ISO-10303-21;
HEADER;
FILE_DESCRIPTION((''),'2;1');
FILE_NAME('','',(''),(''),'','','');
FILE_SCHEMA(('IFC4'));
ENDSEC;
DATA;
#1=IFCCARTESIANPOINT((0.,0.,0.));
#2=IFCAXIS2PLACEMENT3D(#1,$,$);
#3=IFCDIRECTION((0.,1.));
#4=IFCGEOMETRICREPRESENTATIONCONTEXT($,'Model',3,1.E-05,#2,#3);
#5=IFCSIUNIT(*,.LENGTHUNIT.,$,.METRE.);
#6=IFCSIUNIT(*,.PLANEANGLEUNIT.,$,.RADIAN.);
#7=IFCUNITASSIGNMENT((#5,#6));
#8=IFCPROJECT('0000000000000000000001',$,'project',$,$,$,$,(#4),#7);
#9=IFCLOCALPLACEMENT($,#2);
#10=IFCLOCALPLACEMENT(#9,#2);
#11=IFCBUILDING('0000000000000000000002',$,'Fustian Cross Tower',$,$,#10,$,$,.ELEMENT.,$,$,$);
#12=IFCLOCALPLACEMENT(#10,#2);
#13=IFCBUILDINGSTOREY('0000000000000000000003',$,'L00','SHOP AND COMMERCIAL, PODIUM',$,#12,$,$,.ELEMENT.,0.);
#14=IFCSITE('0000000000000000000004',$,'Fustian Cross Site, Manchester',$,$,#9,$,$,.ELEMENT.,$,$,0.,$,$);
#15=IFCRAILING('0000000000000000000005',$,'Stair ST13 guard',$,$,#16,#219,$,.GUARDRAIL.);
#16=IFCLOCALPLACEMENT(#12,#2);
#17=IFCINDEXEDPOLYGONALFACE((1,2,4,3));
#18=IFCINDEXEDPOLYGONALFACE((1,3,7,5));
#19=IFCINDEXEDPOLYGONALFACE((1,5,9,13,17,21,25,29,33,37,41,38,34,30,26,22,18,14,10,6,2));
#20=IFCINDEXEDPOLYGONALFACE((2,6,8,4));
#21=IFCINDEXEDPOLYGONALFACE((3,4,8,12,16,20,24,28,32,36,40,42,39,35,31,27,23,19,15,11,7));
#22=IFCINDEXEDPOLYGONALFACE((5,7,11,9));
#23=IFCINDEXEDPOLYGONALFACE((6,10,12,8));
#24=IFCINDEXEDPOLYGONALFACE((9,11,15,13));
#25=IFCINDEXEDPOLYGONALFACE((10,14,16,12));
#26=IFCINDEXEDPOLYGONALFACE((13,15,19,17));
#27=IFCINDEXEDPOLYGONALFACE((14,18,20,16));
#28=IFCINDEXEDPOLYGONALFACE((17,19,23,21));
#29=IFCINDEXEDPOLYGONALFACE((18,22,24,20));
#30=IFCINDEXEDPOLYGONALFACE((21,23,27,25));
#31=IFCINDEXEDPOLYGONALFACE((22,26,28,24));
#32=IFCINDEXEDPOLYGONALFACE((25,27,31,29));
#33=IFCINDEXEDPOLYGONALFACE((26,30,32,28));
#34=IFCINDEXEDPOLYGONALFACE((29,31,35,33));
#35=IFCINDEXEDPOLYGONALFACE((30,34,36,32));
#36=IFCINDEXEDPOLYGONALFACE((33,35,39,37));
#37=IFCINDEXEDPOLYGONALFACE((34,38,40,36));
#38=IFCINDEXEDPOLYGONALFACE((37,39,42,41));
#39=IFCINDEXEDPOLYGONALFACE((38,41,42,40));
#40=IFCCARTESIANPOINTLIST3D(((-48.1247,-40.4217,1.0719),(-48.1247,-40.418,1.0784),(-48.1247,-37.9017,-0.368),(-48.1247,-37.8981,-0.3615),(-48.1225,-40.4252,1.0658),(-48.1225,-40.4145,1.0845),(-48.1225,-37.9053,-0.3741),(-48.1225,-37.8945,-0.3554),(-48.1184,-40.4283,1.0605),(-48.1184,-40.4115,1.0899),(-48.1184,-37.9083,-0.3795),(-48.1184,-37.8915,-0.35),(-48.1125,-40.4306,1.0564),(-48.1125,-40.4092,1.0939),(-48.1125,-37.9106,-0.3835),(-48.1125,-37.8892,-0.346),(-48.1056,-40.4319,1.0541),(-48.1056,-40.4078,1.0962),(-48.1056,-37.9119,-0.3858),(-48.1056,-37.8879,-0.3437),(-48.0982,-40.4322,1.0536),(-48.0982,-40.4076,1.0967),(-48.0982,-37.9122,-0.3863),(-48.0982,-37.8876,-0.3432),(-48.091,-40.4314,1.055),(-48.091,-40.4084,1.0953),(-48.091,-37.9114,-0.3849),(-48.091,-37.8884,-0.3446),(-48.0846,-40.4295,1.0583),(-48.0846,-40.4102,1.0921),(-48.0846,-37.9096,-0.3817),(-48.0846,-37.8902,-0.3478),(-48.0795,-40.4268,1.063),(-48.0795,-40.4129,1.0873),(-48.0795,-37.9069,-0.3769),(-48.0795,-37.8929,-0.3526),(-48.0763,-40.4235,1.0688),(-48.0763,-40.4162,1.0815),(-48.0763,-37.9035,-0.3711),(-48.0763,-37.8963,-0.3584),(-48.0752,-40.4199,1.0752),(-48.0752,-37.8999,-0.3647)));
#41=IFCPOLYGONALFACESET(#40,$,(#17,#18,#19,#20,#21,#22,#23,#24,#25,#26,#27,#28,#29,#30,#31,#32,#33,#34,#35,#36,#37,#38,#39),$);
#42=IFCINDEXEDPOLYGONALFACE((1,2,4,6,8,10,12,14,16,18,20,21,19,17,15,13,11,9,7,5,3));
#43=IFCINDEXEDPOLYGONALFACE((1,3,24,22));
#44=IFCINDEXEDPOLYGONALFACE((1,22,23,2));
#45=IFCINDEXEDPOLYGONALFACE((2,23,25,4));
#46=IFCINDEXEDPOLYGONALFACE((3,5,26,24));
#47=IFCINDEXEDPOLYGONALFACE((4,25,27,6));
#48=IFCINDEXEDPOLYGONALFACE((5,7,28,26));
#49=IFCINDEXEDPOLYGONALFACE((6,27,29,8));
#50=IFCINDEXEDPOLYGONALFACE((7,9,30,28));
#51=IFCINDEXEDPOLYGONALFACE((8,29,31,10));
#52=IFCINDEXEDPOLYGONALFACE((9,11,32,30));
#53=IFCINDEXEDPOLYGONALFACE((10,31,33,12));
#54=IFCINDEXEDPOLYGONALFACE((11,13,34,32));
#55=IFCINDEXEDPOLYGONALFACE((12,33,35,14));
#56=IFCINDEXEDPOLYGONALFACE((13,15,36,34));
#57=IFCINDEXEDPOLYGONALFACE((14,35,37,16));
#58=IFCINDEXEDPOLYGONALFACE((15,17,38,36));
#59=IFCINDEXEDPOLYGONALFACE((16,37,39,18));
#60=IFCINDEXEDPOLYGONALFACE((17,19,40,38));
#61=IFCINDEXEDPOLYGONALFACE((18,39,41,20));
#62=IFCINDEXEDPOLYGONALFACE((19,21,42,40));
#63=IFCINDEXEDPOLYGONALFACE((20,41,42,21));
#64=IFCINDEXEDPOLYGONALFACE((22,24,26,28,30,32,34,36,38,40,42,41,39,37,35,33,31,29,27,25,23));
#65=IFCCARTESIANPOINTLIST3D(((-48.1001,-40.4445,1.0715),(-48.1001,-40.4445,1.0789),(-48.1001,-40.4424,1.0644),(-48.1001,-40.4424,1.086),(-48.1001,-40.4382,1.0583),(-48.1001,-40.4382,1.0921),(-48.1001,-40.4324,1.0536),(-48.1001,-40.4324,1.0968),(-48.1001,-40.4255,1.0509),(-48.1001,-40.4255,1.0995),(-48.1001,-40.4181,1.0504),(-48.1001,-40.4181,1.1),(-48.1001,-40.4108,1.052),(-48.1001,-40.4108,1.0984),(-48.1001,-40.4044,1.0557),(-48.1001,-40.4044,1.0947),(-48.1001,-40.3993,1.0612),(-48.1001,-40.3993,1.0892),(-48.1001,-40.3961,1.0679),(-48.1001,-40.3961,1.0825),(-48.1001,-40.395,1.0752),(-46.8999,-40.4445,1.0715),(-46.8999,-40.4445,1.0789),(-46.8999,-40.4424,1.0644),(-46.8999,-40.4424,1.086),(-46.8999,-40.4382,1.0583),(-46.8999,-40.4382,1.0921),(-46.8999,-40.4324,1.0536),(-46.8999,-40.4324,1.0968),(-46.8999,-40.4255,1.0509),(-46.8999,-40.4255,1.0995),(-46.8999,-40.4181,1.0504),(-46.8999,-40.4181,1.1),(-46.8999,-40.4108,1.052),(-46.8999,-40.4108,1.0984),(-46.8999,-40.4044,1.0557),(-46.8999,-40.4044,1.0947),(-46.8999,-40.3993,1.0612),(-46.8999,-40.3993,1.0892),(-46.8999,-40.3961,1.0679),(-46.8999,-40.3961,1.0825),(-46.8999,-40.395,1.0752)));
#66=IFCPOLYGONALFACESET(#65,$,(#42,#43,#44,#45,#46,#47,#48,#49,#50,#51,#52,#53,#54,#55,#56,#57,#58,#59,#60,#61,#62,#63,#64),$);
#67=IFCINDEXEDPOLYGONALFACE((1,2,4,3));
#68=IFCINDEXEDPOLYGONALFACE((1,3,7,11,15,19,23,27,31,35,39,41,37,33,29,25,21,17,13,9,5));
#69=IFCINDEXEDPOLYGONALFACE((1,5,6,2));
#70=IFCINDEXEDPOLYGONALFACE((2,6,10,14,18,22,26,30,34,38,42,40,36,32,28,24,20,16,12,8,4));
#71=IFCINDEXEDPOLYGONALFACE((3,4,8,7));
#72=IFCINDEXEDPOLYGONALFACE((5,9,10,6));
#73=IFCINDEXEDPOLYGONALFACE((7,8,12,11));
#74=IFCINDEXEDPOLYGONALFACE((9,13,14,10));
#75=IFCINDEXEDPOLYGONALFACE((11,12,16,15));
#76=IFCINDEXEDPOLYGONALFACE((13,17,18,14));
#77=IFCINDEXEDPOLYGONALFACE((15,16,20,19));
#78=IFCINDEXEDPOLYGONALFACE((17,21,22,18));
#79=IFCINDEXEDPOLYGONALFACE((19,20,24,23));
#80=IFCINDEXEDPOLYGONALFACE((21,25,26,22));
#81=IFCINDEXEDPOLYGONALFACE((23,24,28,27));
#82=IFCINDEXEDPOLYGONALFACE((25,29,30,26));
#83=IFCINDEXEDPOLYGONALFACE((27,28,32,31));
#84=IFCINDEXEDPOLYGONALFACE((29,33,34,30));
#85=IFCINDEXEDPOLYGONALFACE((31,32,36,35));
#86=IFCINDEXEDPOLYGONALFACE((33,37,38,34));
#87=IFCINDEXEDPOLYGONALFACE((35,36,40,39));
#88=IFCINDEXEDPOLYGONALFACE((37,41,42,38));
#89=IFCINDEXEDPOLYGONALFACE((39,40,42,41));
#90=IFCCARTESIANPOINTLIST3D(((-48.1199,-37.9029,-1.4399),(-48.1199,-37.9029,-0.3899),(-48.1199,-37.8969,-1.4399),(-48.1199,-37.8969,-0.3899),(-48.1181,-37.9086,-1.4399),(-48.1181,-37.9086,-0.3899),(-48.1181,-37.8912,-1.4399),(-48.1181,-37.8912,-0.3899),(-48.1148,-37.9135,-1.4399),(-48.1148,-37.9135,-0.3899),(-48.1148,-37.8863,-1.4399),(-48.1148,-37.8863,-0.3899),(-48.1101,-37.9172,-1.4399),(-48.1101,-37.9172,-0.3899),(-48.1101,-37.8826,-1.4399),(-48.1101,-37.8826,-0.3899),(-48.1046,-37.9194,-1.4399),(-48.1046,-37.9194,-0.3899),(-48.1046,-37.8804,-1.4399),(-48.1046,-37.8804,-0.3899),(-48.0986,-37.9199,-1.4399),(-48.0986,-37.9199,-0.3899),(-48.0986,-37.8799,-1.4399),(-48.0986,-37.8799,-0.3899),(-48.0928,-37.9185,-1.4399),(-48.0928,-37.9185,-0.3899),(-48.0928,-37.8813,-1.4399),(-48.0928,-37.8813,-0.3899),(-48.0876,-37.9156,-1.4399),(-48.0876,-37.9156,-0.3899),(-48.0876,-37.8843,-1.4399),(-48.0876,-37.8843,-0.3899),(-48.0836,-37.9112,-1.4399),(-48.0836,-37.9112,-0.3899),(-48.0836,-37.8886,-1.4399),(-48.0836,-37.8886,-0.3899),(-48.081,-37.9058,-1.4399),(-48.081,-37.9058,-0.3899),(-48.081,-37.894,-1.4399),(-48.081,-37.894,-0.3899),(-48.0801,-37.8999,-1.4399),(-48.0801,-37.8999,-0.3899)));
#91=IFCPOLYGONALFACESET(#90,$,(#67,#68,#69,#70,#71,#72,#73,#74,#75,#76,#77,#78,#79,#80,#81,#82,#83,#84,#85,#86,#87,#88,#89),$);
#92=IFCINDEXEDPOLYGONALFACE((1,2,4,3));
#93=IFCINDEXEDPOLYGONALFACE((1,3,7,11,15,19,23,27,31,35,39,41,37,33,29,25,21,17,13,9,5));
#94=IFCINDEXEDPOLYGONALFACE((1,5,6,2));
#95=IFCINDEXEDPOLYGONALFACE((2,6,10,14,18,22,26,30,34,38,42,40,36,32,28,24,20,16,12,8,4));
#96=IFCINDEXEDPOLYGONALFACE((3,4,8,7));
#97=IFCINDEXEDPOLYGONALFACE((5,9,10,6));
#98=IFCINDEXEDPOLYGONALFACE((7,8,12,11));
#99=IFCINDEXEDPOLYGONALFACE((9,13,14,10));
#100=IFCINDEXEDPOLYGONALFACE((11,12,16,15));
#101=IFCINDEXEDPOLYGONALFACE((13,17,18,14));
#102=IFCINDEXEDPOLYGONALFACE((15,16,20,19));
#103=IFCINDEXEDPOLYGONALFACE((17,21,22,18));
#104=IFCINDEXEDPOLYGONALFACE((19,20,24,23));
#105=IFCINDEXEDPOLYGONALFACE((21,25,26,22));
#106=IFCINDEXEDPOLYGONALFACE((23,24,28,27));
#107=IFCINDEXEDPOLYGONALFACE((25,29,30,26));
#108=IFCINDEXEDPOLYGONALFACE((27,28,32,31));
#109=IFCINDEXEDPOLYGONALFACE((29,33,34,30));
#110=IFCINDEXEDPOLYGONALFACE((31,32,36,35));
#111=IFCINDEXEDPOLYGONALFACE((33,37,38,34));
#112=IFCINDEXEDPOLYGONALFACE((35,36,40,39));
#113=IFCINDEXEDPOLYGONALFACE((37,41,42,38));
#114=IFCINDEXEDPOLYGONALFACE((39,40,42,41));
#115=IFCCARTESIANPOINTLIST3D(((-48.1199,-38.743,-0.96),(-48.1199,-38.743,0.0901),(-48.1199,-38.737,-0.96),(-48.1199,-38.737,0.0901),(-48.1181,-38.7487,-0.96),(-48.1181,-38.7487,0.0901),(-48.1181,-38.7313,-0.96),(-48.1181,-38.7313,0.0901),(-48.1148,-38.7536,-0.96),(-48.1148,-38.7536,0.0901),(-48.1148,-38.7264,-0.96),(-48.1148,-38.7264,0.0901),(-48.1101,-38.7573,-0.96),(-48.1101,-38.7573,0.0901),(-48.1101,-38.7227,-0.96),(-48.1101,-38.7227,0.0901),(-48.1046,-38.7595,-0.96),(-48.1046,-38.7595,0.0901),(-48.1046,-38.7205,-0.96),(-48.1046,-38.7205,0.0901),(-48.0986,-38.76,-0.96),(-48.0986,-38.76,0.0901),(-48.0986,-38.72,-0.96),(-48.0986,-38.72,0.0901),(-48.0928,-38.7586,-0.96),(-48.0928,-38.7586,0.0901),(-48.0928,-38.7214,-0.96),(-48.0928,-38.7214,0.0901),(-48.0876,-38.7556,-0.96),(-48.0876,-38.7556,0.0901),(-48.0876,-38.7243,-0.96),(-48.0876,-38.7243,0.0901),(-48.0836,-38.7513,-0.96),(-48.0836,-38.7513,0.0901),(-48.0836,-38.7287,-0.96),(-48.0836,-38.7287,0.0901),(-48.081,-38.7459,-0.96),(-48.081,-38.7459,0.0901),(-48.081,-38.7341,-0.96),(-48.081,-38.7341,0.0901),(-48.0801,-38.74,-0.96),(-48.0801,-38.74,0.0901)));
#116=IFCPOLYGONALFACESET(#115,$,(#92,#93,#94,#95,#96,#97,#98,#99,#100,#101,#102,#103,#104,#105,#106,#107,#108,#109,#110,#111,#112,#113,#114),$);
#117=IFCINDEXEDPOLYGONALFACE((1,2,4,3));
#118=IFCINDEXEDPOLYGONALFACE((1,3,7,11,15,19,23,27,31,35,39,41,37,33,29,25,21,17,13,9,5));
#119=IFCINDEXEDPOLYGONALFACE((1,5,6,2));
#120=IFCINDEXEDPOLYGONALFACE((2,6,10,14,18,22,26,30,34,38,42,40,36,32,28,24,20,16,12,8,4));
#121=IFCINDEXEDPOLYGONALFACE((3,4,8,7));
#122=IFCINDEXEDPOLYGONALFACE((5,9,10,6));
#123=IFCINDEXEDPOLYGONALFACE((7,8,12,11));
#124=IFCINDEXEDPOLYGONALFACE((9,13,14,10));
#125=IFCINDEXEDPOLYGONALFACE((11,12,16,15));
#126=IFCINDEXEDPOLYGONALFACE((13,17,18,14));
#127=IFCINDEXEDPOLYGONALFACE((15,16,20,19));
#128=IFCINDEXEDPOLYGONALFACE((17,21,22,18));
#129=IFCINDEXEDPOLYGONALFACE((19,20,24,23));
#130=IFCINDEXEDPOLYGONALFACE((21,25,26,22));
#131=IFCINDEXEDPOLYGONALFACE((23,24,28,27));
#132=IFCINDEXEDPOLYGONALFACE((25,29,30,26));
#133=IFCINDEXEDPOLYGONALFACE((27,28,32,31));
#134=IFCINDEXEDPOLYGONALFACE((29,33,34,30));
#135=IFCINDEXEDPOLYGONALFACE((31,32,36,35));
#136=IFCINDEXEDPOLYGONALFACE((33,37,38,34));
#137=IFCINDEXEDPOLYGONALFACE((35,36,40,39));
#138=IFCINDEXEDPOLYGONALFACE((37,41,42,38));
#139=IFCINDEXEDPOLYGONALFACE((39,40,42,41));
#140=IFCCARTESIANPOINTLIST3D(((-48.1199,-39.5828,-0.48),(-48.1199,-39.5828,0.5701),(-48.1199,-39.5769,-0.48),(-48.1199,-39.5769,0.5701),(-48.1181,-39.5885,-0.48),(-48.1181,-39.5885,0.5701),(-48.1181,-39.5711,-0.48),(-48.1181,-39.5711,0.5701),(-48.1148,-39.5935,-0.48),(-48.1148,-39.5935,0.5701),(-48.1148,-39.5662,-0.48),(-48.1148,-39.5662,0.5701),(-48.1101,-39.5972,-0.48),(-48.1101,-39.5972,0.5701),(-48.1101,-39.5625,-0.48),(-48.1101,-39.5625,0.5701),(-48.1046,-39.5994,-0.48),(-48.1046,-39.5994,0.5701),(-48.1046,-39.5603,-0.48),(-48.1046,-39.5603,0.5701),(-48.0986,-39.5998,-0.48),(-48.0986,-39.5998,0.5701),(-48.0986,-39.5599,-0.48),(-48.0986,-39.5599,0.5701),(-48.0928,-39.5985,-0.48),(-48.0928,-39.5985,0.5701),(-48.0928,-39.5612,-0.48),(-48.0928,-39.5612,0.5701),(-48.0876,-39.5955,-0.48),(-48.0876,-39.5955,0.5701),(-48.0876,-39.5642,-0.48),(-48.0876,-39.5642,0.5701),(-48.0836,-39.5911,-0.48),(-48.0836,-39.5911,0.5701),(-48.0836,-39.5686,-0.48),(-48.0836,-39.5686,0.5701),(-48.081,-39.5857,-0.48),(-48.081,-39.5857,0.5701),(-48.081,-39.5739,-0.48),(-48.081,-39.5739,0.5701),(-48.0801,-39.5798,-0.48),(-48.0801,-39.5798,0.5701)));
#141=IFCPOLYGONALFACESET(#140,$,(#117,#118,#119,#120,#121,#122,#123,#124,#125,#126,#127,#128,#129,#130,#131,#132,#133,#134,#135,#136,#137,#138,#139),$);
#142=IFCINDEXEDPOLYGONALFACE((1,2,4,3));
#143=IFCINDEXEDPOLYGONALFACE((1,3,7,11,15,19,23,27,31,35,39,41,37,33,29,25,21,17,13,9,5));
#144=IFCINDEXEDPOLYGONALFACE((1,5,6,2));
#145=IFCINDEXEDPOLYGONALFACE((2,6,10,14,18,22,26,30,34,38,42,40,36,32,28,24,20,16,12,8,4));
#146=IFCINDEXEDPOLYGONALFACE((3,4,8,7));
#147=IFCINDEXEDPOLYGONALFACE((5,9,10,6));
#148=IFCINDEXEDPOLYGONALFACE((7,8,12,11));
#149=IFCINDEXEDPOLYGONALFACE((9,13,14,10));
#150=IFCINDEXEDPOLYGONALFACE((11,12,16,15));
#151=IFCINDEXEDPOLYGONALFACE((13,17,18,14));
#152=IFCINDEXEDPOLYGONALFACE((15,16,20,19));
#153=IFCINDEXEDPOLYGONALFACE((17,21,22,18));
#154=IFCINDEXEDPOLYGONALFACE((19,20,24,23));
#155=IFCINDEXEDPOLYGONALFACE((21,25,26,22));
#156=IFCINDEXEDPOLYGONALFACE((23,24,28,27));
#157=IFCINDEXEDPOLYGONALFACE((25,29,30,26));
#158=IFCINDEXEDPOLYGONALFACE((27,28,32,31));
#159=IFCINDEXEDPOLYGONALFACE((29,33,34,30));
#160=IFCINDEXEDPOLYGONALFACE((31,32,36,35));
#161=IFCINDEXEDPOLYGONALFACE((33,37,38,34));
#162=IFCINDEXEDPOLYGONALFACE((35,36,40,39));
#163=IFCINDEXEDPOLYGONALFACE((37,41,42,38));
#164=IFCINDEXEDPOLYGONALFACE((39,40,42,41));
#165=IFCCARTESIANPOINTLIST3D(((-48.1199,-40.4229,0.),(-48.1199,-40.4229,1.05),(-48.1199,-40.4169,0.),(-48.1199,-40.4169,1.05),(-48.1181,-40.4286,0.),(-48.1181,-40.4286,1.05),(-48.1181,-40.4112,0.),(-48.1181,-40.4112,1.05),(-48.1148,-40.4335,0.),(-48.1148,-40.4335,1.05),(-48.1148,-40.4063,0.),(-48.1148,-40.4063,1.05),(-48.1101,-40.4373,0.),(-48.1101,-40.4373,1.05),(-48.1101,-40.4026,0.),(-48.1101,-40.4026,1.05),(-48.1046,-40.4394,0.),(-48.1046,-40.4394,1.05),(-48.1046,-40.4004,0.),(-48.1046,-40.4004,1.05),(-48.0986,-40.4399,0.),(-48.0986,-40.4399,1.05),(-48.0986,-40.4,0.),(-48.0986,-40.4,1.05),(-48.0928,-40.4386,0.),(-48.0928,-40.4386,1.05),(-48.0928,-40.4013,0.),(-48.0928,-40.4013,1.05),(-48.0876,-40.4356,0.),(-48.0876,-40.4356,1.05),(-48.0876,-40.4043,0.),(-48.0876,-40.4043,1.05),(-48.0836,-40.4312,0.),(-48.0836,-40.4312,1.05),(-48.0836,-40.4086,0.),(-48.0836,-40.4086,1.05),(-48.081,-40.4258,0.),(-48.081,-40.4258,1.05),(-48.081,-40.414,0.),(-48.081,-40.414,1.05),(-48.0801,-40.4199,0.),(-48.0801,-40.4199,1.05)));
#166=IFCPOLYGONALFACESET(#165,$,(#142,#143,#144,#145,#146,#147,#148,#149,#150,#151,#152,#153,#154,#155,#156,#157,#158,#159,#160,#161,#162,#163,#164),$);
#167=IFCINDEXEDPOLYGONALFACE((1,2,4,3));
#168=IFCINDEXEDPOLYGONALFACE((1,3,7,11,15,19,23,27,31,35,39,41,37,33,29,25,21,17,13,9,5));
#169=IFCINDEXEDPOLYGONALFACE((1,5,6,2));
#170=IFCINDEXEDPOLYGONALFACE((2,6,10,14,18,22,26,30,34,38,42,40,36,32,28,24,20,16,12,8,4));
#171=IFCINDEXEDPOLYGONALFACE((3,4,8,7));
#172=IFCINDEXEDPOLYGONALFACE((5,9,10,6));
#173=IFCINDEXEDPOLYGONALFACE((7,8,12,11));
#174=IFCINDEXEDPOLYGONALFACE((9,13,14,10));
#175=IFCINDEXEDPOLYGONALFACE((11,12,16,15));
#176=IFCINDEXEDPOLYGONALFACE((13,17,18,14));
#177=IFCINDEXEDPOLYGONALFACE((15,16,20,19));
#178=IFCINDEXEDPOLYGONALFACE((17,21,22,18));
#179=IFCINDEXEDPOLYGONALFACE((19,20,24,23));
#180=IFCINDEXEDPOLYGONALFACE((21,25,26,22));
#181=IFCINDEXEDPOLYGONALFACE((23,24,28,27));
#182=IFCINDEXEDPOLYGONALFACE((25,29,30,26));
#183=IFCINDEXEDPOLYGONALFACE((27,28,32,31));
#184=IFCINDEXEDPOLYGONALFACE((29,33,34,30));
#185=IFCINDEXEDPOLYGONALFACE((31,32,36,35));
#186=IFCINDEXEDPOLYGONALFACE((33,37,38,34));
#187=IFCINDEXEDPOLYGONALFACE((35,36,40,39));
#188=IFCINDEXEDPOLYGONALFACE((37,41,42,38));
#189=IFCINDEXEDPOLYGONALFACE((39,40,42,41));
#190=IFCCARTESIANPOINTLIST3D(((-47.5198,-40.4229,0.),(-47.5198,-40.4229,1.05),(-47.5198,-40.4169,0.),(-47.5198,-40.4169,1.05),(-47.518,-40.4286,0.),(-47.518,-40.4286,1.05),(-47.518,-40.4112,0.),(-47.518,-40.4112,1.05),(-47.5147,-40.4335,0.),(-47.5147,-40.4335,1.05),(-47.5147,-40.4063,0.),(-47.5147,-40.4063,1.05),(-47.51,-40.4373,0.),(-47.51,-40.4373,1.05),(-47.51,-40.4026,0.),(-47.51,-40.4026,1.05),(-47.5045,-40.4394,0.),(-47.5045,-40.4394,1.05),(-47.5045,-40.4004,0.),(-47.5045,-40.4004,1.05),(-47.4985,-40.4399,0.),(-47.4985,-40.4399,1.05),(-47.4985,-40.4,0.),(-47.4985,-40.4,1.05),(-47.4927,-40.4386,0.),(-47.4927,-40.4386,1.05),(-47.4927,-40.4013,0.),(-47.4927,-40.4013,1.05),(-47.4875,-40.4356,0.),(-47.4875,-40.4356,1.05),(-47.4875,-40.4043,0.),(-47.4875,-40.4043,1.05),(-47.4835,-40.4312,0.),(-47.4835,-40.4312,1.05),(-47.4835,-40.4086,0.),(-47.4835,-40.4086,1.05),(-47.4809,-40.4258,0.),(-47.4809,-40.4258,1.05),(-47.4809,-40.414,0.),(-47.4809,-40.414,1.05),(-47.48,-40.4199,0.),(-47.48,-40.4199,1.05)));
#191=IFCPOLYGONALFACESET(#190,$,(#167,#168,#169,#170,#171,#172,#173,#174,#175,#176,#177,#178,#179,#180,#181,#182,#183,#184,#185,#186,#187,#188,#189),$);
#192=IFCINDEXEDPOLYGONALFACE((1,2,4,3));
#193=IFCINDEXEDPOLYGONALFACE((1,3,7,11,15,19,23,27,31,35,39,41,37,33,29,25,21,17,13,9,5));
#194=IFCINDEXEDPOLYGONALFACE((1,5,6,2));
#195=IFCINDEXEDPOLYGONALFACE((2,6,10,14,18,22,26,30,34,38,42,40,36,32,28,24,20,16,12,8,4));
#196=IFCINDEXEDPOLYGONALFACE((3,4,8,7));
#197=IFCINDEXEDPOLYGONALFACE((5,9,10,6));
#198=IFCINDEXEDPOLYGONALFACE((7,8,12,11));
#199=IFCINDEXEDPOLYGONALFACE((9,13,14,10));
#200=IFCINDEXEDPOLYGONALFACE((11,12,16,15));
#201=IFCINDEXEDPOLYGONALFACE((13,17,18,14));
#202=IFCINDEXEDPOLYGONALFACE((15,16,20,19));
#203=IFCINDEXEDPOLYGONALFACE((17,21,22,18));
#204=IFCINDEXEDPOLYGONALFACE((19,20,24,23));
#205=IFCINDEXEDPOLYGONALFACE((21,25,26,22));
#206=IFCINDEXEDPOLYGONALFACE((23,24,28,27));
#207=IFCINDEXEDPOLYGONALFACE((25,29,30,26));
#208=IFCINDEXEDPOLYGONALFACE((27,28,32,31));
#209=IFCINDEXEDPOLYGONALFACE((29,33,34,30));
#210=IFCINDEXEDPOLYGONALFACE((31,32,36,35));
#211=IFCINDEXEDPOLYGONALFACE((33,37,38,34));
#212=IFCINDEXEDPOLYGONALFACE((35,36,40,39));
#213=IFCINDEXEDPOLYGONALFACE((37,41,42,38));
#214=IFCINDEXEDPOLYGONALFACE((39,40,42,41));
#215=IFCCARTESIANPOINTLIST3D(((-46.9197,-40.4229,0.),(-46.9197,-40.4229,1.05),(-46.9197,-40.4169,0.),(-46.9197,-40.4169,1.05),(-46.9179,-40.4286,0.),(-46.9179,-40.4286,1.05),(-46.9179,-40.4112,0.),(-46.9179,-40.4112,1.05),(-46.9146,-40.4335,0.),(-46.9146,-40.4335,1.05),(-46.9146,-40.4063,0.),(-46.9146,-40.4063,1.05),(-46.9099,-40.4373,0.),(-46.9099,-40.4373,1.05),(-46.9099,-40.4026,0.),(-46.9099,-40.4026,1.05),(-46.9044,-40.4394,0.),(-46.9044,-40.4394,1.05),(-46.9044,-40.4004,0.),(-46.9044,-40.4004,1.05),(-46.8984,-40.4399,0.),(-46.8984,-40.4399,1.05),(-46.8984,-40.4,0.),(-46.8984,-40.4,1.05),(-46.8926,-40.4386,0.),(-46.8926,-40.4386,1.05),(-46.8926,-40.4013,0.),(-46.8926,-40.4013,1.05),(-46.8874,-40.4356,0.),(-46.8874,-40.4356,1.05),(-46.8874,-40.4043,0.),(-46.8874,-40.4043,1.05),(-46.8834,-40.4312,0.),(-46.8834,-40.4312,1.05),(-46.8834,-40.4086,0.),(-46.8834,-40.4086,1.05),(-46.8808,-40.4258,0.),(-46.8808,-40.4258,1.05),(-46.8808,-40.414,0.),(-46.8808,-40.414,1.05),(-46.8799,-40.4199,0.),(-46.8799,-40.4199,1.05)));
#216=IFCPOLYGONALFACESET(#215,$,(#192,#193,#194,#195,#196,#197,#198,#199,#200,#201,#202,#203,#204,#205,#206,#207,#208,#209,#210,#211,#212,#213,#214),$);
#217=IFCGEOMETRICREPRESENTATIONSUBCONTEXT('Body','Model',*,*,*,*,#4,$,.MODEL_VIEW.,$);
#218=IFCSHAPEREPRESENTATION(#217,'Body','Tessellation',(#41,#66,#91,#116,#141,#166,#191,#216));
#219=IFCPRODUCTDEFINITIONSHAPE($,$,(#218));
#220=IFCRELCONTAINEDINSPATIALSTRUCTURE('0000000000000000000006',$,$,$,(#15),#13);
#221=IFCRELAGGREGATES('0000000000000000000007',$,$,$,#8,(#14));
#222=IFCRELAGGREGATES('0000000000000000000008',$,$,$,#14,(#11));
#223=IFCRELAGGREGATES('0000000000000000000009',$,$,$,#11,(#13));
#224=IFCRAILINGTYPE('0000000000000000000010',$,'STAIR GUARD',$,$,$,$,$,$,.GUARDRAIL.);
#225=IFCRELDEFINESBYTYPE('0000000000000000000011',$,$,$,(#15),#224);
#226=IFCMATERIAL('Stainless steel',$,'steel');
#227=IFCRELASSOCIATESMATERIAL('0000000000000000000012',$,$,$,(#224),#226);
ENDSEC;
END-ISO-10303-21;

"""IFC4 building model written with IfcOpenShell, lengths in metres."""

from ifc_helpers import new_model, si_unit, direction, frame, origin, origin_2d, place, context, subcontext, project, spatial, circle, extrude, material, type_object, element, save


model = new_model("IFC4")

# Units and contexts
model_context = context("Model", 3, precision=1e-05, world=origin(), true_north=direction((0.0, 1.0)))
body_context = subcontext(model_context, "Body", "Model", "MODEL_VIEW")
ifc_project = project(units=[si_unit("LENGTHUNIT", "METRE"), si_unit("PLANEANGLEUNIT", "RADIAN")], contexts=[model_context])

# Site, building, storey
site_placement = place(None, origin())
site = spatial("IfcSite", under=ifc_project, at=site_placement, Name="Fustian Cross Site, Manchester", CompositionType="ELEMENT", RefElevation=0.0)
building_placement = place(site_placement, origin())
building = spatial("IfcBuilding", under=site, at=building_placement, Name="Fustian Cross Tower", CompositionType="ELEMENT")
storey_placement = place(building_placement, origin())
storey = spatial("IfcBuildingStorey", under=building, at=storey_placement, Name="L00", Description="SHOP AND COMMERCIAL, PODIUM", CompositionType="ELEMENT", Elevation=0.0)

# Railing
ifc_material_1 = material(Name="Stainless steel", Category="steel")
railing_type = type_object("IfcRailingType", Name="STAIR GUARD", PredefinedType="GUARDRAIL", material=ifc_material_1)
railing_placement = place(storey_placement, frame((-48.1001, -37.8999, -1.4399)))
element("IfcRailing", 1, at=railing_placement, inside=storey, type_object=railing_type, Name="Stair ST13 guard", PredefinedType="GUARDRAIL", context=body_context, shape_type="SweptSolid", body=[
    extrude(circle(Radius=0.0249, at=origin_2d()), frame((0.0, 0.0, 1.0752), z_axis=(0.0, -0.868253, 0.496121), x_axis=(1.0, 0.0, 0.0)), (0.0, 0.0, 1.0), 2.9023),
    extrude(circle(Radius=0.0249, at=origin_2d()), frame((0.0, -2.52, 2.5151), z_axis=(1.0, 0.0, 0.0), x_axis=(0.0, 1.0, 0.0)), (0.0, 0.0, 1.0), 1.2002),
    extrude(circle(Radius=0.02, at=origin_2d()), origin(), (0.0, 0.0, 1.0), 1.05),
    extrude(circle(Radius=0.02, at=origin_2d()), frame((0.0, -0.8401, 0.48)), (0.0, 0.0, 1.0), 1.05),
    extrude(circle(Radius=0.02, at=origin_2d()), frame((0.0, -1.6799, 0.96)), (0.0, 0.0, 1.0), 1.05),
    extrude(circle(Radius=0.02, at=origin_2d()), frame((0.0, -2.52, 1.4399)), (0.0, 0.0, 1.0), 1.05),
    extrude(circle(Radius=0.02, at=origin_2d()), frame((0.6001, -2.52, 1.4399)), (0.0, 0.0, 1.0), 1.05),
    extrude(circle(Radius=0.02, at=origin_2d()), frame((1.2002, -2.52, 1.4399)), (0.0, 0.0, 1.0), 1.05),
])

save(model, "model.ifc")
